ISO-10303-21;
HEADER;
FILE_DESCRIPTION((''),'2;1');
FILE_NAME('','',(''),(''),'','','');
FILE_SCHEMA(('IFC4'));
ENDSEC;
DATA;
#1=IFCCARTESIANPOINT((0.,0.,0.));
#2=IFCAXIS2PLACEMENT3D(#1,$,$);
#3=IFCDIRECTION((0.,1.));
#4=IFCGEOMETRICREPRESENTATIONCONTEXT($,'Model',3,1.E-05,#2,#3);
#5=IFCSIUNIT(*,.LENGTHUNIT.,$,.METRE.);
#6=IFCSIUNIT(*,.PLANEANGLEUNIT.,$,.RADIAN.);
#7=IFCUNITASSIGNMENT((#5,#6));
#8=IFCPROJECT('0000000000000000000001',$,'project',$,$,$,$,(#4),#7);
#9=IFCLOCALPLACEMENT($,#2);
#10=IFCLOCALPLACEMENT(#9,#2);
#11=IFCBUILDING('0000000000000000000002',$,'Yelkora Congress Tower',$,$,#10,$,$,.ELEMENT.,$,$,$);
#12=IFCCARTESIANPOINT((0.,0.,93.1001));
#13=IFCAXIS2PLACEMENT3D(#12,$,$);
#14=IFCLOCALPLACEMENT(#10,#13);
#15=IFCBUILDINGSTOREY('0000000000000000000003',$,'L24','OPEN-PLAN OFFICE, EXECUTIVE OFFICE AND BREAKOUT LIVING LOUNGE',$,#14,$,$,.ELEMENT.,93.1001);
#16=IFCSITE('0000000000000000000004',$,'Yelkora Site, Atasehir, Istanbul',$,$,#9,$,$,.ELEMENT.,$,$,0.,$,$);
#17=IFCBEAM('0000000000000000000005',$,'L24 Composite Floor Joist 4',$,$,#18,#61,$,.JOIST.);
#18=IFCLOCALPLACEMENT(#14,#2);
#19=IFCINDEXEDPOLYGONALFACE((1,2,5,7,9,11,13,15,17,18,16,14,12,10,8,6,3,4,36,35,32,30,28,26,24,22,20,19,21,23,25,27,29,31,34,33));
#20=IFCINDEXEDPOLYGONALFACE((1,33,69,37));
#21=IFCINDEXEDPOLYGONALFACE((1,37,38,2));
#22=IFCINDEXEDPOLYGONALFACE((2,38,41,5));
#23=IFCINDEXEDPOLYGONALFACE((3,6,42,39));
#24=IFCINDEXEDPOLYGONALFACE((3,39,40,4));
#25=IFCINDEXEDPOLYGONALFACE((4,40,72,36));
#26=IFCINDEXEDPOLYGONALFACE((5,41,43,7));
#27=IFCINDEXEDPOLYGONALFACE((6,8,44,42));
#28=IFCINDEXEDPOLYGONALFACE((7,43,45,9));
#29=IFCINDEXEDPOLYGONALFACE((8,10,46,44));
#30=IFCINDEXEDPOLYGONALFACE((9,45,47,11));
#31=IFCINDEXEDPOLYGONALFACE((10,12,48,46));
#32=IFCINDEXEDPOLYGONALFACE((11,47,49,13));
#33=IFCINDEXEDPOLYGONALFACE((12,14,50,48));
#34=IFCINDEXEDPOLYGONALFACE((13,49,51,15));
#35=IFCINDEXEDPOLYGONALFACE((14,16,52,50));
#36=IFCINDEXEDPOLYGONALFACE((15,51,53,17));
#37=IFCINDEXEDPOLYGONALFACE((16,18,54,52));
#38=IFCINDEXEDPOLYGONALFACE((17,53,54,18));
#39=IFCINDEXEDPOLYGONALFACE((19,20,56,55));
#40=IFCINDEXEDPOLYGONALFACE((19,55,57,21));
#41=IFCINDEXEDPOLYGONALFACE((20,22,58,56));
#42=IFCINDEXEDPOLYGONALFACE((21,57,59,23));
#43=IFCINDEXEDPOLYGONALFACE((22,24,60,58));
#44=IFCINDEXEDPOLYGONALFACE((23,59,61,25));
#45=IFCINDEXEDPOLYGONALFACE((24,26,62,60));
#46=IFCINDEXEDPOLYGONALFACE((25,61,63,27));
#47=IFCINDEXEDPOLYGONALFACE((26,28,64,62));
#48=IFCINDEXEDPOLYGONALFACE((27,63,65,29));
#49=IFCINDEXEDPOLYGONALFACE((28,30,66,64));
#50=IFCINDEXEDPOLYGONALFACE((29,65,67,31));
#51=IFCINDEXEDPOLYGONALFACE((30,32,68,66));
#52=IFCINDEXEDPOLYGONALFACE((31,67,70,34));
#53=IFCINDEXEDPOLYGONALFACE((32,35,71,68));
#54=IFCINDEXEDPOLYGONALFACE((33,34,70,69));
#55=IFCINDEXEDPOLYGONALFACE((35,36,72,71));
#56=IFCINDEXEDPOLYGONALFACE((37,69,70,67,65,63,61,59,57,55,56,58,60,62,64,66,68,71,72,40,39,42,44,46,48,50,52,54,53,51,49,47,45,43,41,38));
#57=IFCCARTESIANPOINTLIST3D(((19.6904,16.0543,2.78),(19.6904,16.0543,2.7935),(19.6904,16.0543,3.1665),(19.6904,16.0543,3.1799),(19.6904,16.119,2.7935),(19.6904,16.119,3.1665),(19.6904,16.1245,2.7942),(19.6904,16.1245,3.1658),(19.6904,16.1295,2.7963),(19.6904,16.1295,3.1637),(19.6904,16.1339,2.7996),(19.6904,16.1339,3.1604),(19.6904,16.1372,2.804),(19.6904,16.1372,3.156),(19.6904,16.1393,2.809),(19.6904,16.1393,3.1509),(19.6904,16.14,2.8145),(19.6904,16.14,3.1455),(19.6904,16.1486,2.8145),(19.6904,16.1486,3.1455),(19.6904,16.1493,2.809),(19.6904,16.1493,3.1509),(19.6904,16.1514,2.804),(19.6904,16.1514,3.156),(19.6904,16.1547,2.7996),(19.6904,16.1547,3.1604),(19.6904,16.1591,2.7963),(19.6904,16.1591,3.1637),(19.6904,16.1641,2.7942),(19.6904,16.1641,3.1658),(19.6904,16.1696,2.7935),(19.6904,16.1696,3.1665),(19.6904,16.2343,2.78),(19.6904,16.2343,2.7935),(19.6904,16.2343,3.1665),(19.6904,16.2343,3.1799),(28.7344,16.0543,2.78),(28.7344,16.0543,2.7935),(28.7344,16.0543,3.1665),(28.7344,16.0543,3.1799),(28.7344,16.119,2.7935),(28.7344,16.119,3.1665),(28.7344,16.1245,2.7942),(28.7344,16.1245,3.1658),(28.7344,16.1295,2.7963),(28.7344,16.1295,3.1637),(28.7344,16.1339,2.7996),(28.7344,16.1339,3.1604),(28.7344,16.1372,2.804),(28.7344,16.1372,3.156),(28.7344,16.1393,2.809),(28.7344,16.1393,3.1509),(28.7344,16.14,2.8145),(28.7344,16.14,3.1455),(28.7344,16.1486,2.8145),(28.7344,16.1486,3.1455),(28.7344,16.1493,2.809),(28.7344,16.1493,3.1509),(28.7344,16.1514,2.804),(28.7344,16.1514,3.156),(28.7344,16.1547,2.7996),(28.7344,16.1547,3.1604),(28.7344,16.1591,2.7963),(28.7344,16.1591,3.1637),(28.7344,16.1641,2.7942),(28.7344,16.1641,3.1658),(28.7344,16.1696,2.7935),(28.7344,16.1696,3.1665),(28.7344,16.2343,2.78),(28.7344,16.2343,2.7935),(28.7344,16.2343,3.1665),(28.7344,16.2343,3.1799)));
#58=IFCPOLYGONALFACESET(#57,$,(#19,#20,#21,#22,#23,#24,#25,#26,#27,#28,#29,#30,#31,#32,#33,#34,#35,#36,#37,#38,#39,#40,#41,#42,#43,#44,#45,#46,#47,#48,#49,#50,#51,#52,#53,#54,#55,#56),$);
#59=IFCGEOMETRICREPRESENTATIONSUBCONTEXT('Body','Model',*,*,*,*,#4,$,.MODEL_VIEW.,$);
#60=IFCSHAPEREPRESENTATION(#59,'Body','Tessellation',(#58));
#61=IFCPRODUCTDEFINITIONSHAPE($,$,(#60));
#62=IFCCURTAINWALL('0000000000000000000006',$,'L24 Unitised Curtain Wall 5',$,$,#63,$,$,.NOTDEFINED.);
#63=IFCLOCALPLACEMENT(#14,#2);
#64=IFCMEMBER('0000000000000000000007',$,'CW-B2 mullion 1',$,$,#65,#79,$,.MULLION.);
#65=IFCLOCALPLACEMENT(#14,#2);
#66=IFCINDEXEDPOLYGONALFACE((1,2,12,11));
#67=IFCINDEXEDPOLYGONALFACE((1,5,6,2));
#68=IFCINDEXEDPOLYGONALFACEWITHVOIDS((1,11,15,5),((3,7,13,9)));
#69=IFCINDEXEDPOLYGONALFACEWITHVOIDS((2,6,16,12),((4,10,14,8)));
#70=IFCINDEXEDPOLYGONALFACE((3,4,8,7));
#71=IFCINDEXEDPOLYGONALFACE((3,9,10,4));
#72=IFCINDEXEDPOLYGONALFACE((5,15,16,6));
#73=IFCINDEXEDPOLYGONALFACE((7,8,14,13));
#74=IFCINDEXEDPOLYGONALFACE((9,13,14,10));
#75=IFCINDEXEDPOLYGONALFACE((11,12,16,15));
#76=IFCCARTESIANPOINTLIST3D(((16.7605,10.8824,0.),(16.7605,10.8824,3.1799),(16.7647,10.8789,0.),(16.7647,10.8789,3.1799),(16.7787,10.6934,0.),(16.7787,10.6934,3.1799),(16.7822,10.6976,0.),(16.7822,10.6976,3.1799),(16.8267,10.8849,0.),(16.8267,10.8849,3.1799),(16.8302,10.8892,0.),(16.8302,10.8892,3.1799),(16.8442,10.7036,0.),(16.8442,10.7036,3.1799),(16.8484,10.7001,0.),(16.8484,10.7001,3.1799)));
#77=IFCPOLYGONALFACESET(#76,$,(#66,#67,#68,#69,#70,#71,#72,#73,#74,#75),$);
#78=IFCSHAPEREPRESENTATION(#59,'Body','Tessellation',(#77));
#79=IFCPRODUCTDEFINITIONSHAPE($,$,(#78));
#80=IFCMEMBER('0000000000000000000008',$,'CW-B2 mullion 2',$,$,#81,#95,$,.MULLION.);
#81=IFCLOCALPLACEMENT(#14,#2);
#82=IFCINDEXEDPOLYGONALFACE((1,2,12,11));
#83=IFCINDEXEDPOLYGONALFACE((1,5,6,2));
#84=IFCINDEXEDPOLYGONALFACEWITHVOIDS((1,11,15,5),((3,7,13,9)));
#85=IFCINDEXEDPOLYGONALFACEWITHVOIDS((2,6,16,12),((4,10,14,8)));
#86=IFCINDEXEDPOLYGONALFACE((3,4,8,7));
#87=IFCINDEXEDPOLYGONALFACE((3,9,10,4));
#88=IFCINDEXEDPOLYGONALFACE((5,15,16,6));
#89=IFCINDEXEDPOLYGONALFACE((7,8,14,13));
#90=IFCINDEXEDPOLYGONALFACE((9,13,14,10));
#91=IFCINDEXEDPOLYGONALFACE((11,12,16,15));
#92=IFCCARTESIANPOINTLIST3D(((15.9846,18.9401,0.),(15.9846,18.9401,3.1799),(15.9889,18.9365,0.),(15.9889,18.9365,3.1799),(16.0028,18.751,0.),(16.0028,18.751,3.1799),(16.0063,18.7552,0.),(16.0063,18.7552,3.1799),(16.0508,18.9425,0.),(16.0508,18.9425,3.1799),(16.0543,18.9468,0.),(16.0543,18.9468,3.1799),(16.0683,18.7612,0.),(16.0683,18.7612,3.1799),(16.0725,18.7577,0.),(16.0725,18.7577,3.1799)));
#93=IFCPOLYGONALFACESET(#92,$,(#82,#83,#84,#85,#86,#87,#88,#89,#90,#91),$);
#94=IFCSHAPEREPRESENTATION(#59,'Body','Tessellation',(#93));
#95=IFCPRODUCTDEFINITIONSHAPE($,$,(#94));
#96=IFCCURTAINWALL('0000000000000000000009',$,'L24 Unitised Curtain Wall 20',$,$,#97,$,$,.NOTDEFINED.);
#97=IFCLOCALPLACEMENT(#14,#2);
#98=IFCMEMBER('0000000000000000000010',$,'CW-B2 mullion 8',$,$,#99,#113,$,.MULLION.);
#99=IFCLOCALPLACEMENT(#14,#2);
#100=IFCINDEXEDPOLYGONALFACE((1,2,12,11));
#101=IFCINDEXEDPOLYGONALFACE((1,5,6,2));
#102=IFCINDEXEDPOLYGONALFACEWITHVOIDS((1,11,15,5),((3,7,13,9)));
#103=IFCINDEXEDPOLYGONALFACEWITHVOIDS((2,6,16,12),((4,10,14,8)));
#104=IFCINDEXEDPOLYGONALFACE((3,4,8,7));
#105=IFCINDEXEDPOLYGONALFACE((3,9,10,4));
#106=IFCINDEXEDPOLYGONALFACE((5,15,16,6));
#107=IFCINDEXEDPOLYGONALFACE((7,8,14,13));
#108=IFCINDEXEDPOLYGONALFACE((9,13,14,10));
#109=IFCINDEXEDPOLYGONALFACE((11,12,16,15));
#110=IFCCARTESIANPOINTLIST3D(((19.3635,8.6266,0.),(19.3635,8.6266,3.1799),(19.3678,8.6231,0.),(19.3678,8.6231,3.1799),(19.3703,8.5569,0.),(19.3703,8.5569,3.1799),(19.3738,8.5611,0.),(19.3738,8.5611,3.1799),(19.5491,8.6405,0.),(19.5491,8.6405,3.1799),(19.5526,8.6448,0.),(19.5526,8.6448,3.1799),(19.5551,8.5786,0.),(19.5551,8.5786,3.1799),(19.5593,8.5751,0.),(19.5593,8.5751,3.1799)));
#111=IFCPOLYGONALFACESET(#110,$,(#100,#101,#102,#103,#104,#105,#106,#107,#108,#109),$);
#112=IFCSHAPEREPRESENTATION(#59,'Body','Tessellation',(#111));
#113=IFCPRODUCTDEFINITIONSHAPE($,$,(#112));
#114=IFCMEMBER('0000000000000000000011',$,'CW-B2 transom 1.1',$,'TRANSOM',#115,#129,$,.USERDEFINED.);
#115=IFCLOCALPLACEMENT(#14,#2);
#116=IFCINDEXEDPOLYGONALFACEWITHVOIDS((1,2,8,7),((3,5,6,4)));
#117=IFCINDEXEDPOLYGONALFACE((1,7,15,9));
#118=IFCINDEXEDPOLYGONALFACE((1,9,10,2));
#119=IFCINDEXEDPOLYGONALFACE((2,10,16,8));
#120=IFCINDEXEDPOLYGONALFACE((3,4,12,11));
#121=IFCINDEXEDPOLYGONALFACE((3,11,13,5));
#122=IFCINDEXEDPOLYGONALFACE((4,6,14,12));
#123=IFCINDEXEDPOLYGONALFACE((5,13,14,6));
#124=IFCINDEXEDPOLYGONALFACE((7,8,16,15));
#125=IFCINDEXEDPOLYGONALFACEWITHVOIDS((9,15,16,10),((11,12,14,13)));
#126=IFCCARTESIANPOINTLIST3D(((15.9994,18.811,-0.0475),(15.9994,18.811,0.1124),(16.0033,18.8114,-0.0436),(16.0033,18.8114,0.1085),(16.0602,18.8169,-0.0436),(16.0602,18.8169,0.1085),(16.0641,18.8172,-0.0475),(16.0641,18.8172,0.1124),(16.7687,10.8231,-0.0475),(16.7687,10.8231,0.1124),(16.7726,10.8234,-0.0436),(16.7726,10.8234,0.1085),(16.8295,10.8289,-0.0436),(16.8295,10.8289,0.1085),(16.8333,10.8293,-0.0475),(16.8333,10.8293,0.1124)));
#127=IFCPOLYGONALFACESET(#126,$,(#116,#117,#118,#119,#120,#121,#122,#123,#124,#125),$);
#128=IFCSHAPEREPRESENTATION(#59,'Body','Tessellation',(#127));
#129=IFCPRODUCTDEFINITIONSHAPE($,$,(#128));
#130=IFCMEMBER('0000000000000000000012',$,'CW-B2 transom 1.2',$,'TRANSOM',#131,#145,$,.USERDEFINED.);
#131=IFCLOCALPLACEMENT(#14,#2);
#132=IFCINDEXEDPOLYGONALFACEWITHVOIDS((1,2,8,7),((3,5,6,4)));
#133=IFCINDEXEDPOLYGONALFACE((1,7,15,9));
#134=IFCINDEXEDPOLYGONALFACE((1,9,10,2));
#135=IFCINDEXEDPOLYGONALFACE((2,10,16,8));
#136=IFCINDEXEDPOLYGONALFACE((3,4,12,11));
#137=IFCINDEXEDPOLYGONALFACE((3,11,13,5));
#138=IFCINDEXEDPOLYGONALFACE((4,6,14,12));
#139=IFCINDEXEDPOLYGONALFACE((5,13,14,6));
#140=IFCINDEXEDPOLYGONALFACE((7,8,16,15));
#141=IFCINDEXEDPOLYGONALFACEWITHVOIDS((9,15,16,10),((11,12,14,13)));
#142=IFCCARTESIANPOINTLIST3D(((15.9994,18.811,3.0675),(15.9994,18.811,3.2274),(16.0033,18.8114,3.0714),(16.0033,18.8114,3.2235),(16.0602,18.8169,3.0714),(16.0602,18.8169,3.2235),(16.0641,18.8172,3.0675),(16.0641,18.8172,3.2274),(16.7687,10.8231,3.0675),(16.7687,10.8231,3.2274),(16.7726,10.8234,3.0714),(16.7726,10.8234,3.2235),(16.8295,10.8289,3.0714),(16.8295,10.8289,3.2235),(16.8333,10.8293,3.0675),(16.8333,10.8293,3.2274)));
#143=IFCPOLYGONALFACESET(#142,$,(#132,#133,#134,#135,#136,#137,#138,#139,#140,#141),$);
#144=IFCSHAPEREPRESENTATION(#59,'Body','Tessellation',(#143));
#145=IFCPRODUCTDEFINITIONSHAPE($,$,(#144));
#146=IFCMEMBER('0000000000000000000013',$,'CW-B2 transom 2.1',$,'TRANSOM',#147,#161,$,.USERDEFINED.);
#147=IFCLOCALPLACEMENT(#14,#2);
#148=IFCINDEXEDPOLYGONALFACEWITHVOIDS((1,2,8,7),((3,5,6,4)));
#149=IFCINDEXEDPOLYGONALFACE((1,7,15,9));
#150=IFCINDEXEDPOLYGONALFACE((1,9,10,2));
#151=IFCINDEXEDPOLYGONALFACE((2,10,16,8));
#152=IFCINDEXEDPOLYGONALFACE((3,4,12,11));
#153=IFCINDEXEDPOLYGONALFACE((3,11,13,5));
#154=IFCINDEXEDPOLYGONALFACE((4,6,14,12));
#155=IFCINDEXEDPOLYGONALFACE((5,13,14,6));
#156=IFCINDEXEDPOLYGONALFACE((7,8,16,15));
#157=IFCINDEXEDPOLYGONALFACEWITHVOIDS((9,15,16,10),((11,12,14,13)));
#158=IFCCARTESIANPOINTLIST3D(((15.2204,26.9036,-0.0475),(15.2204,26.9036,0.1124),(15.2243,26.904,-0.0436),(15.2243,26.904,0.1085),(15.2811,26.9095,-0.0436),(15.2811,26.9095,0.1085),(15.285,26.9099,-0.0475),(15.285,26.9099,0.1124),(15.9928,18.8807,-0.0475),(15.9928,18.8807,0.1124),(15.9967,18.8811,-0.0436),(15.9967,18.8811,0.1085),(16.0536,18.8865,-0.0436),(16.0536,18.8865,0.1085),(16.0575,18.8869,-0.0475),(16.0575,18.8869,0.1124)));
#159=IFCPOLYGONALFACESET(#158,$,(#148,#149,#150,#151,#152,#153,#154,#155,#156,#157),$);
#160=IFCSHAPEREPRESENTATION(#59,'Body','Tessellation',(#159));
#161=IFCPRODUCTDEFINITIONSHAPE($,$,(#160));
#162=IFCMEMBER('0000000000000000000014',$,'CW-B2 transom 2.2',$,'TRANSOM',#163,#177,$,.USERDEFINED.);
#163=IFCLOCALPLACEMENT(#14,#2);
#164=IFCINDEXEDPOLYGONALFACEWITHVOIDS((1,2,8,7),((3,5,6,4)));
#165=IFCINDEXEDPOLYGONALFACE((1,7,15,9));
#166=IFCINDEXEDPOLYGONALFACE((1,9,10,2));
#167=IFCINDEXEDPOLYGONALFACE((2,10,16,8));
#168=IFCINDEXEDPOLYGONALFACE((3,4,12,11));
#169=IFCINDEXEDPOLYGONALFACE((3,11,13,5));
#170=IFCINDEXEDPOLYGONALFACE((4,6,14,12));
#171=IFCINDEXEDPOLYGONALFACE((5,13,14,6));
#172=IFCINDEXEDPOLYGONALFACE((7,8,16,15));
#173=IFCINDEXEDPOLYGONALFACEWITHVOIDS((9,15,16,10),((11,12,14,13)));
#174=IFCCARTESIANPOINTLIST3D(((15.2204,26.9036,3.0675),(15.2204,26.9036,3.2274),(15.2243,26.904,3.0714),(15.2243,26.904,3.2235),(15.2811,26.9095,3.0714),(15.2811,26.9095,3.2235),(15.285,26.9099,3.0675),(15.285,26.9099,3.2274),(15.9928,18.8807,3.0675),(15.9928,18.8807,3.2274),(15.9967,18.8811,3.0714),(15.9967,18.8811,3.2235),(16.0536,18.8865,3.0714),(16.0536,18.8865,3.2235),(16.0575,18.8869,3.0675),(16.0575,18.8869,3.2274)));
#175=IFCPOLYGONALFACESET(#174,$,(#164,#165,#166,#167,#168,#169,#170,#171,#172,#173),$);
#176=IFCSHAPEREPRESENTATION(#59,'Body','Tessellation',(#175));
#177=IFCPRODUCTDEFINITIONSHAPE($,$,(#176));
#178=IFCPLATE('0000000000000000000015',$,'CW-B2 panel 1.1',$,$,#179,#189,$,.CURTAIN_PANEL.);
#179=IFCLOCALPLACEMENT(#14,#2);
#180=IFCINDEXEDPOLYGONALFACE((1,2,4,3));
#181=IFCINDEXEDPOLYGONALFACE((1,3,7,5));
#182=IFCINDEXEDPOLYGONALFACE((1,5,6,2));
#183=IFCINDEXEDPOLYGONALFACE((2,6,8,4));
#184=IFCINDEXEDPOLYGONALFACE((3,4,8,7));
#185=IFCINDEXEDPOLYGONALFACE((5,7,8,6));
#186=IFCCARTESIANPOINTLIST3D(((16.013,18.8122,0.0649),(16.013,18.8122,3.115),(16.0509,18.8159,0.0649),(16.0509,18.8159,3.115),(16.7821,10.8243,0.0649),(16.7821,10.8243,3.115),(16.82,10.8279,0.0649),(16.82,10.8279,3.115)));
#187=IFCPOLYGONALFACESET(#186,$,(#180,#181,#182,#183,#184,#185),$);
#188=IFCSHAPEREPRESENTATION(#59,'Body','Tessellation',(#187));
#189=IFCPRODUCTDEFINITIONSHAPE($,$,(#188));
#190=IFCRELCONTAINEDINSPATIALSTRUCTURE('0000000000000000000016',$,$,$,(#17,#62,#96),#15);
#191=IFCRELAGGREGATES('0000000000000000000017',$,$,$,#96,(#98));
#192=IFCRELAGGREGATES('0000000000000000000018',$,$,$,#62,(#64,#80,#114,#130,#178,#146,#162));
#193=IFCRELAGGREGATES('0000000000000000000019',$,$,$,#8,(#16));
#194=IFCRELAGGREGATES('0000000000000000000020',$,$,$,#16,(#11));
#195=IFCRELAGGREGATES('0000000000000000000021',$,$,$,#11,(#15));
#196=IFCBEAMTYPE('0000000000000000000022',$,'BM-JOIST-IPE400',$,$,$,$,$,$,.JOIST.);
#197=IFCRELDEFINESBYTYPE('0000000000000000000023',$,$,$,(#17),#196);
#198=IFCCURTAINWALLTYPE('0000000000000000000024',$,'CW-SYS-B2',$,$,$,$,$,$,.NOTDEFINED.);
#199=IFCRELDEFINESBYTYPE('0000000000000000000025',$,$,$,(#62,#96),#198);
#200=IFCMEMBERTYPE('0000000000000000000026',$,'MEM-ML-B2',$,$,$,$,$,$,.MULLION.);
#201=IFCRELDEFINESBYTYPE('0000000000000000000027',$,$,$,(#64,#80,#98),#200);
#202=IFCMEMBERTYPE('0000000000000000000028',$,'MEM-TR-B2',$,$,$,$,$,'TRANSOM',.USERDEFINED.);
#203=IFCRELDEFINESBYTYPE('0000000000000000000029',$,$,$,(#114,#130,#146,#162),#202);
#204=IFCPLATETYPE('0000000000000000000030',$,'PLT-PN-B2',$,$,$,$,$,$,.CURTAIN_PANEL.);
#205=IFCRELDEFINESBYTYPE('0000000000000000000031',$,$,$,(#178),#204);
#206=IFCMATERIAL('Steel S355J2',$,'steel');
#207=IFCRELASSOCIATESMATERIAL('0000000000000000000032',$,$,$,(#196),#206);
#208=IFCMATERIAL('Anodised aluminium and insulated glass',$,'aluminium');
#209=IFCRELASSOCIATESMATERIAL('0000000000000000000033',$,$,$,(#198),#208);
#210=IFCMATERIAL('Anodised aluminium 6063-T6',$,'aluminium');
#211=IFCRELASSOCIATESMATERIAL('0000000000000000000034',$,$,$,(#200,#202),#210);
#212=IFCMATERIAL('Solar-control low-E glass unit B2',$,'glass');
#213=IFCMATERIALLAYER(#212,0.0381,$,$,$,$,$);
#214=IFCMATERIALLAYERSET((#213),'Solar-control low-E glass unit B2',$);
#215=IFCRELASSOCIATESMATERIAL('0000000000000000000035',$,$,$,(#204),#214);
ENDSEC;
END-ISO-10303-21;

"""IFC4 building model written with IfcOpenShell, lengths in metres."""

from ifc_helpers import new_model, si_unit, direction, frame, origin, origin_2d, place, context, subcontext, project, spatial, rectangle, hollow_rectangle, i_section, extrude, material, layer, layer_set, material_profile, profile_set, type_object, element, aggregate, save


model = new_model("IFC4")

# Units and contexts
model_context = context("Model", 3, precision=1e-05, world=origin(), true_north=direction((0.0, 1.0)))
body_context = subcontext(model_context, "Body", "Model", "MODEL_VIEW")
ifc_project = project(units=[si_unit("LENGTHUNIT", "METRE"), si_unit("PLANEANGLEUNIT", "RADIAN")], contexts=[model_context])

# Site, building, storey
site_placement = place(None, origin())
site = spatial("IfcSite", under=ifc_project, at=site_placement, Name="Yelkora Site, Atasehir, Istanbul", CompositionType="ELEMENT", RefElevation=0.0)
building_placement = place(site_placement, origin())
building = spatial("IfcBuilding", under=site, at=building_placement, Name="Yelkora Congress Tower", CompositionType="ELEMENT")
storey_placement = place(building_placement, frame((0.0, 0.0, 93.1001)))
storey = spatial("IfcBuildingStorey", under=building, at=storey_placement, Name="L24", Description="OPEN-PLAN OFFICE, EXECUTIVE OFFICE AND BREAKOUT LIVING LOUNGE", CompositionType="ELEMENT", Elevation=93.1001)

# Beam
ifc_material_1 = material(Name="Steel S355J2", Category="steel")
ifc_material_profile_1 = material_profile(ifc_material_1, i_section(OverallWidth=0.1799, OverallDepth=0.3999, WebThickness=0.0085, FlangeThickness=0.0134, FilletRadius=0.021, at=origin_2d()), Name="IPE 400")
ifc_profile_set_1 = profile_set([ifc_material_profile_1], Name="Steel S355J2")
beam_type = type_object("IfcBeamType", Name="BM-JOIST-IPE400", PredefinedType="JOIST", material=ifc_profile_set_1)
beam_placement = place(storey_placement, frame((19.6904, 16.1443, 2.98), z_axis=(1.0, 0.0, 0.0), x_axis=(0.0, 1.0, 0.0)))
element("IfcBeam", 1, at=beam_placement, inside=storey, type_object=beam_type, Name="L24 Composite Floor Joist 4", PredefinedType="JOIST", context=body_context, shape_type="SweptSolid", body=[
    extrude(i_section(OverallWidth=0.1799, OverallDepth=0.3999, WebThickness=0.0085, FlangeThickness=0.0134, FilletRadius=0.021, at=origin_2d()), origin(), (0.0, 0.0, 1.0), 9.0439),
])

# Curtain wall, members
ifc_material_2 = material(Name="Anodised aluminium and insulated glass", Category="aluminium")
curtain_wall_type = type_object("IfcCurtainWallType", Name="CW-SYS-B2", PredefinedType="NOTDEFINED", material=ifc_material_2)
curtain_wall_1_placement = place(storey_placement, origin())
curtain_wall_1 = element("IfcCurtainWall", 2, at=curtain_wall_1_placement, inside=storey, type_object=curtain_wall_type, Name="L24 Unitised Curtain Wall 5", PredefinedType="NOTDEFINED")
ifc_material_3 = material(Name="Anodised aluminium 6063-T6", Category="aluminium")
ifc_material_profile_2 = material_profile(ifc_material_3, hollow_rectangle(XDim=0.0701, YDim=0.1899, WallThickness=0.0039, at=origin_2d()), Name="ALU 70x190x4")
ifc_profile_set_2 = profile_set([ifc_material_profile_2], Name="Anodised aluminium 6063-T6")
member_type_1 = type_object("IfcMemberType", Name="MEM-ML-B2", PredefinedType="MULLION", material=ifc_profile_set_2)
member_1_placement = place(storey_placement, frame((16.8044, 10.7913, 0.0), z_axis=(0.0, 0.0, 1.0), x_axis=(-0.995397, -0.095843, 0.0)))
member_1 = element("IfcMember", 3, at=member_1_placement, type_object=member_type_1, Name="CW-B2 mullion 1", PredefinedType="MULLION", context=body_context, shape_type="SweptSolid", body=[
    extrude(hollow_rectangle(XDim=0.0701, YDim=0.1899, WallThickness=0.0039, at=origin_2d()), origin(), (0.0, 0.0, 1.0), 3.1799),
])
member_2_placement = place(storey_placement, frame((16.0286, 18.8489, 0.0), z_axis=(0.0, 0.0, 1.0), x_axis=(-0.995397, -0.095843, 0.0)))
member_2 = element("IfcMember", 4, at=member_2_placement, type_object=member_type_1, Name="CW-B2 mullion 2", PredefinedType="MULLION", context=body_context, shape_type="SweptSolid", body=[
    extrude(hollow_rectangle(XDim=0.0701, YDim=0.1899, WallThickness=0.0039, at=origin_2d()), origin(), (0.0, 0.0, 1.0), 3.1799),
])

# Curtain wall, member
curtain_wall_2_placement = place(storey_placement, origin())
curtain_wall_2 = element("IfcCurtainWall", 5, at=curtain_wall_2_placement, inside=storey, type_object=curtain_wall_type, Name="L24 Unitised Curtain Wall 20", PredefinedType="NOTDEFINED")
member_3_placement = place(storey_placement, frame((19.4614, 8.6008, 0.0), z_axis=(0.0, 0.0, 1.0), x_axis=(0.095844, -0.995396, 0.0)))
member_3 = element("IfcMember", 6, at=member_3_placement, type_object=member_type_1, Name="CW-B2 mullion 8", PredefinedType="MULLION", context=body_context, shape_type="SweptSolid", body=[
    extrude(hollow_rectangle(XDim=0.0701, YDim=0.1899, WallThickness=0.0039, at=origin_2d()), origin(), (0.0, 0.0, 1.0), 3.1799),
])
aggregate(curtain_wall_2, [member_3])

# Members
ifc_material_profile_3 = material_profile(ifc_material_3, hollow_rectangle(XDim=0.0649, YDim=0.1599, WallThickness=0.0039, at=origin_2d()), Name="ALU 65x160x4")
ifc_profile_set_3 = profile_set([ifc_material_profile_3], Name="Anodised aluminium 6063-T6")
member_type_2 = type_object("IfcMemberType", Name="MEM-TR-B2", ElementType="TRANSOM", PredefinedType="USERDEFINED", material=ifc_profile_set_3)
member_4_placement = place(storey_placement, frame((16.801, 10.8262, 0.0325), z_axis=(-0.095861, 0.995395, 0.0), x_axis=(-0.995395, -0.095861, 0.0)))
member_4 = element("IfcMember", 7, at=member_4_placement, type_object=member_type_2, Name="CW-B2 transom 1.1", ObjectType="TRANSOM", PredefinedType="USERDEFINED", context=body_context, shape_type="SweptSolid", body=[
    extrude(hollow_rectangle(XDim=0.0649, YDim=0.1599, WallThickness=0.0039, at=origin_2d()), origin(), (0.0, 0.0, 1.0), 8.0249),
])
member_5_placement = place(storey_placement, frame((16.801, 10.8262, 3.1475), z_axis=(-0.095861, 0.995395, 0.0), x_axis=(-0.995395, -0.095861, 0.0)))
member_5 = element("IfcMember", 8, at=member_5_placement, type_object=member_type_2, Name="CW-B2 transom 1.2", ObjectType="TRANSOM", PredefinedType="USERDEFINED", context=body_context, shape_type="SweptSolid", body=[
    extrude(hollow_rectangle(XDim=0.0649, YDim=0.1599, WallThickness=0.0039, at=origin_2d()), origin(), (0.0, 0.0, 1.0), 8.0249),
])
member_6_placement = place(storey_placement, frame((16.0251, 18.8838, 0.0325), z_axis=(-0.095838, 0.995397, 0.0), x_axis=(-0.995397, -0.095838, 0.0)))
member_6 = element("IfcMember", 9, at=member_6_placement, type_object=member_type_2, Name="CW-B2 transom 2.1", ObjectType="TRANSOM", PredefinedType="USERDEFINED", context=body_context, shape_type="SweptSolid", body=[
    extrude(hollow_rectangle(XDim=0.0649, YDim=0.1599, WallThickness=0.0039, at=origin_2d()), origin(), (0.0, 0.0, 1.0), 8.0601),
])
member_7_placement = place(storey_placement, frame((16.0251, 18.8838, 3.1475), z_axis=(-0.095838, 0.995397, 0.0), x_axis=(-0.995397, -0.095838, 0.0)))
member_7 = element("IfcMember", 10, at=member_7_placement, type_object=member_type_2, Name="CW-B2 transom 2.2", ObjectType="TRANSOM", PredefinedType="USERDEFINED", context=body_context, shape_type="SweptSolid", body=[
    extrude(hollow_rectangle(XDim=0.0649, YDim=0.1599, WallThickness=0.0039, at=origin_2d()), origin(), (0.0, 0.0, 1.0), 8.0601),
])

# Plate
ifc_material_4 = material(Name="Solar-control low-E glass unit B2", Category="glass")
ifc_layer_1 = layer(ifc_material_4, 0.0381)
ifc_layer_set_1 = layer_set([ifc_layer_1], Name="Solar-control low-E glass unit B2")
plate_type = type_object("IfcPlateType", Name="PLT-PN-B2", PredefinedType="CURTAIN_PANEL", material=ifc_layer_set_1)
plate_placement = place(storey_placement, frame((16.4165, 14.8201, 0.0649), z_axis=(0.0, 0.0, 1.0), x_axis=(-0.095843, 0.995397, 0.0)))
plate = element("IfcPlate", 11, at=plate_placement, type_object=plate_type, Name="CW-B2 panel 1.1", PredefinedType="CURTAIN_PANEL", context=body_context, shape_type="SweptSolid", body=[
    extrude(rectangle(XDim=8.0249, YDim=0.0381, at=origin_2d()), origin(), (0.0, 0.0, 1.0), 3.05),
])
aggregate(curtain_wall_1, [member_1, member_2, member_4, member_5, plate, member_6, member_7])

save(model, "model.ifc")
